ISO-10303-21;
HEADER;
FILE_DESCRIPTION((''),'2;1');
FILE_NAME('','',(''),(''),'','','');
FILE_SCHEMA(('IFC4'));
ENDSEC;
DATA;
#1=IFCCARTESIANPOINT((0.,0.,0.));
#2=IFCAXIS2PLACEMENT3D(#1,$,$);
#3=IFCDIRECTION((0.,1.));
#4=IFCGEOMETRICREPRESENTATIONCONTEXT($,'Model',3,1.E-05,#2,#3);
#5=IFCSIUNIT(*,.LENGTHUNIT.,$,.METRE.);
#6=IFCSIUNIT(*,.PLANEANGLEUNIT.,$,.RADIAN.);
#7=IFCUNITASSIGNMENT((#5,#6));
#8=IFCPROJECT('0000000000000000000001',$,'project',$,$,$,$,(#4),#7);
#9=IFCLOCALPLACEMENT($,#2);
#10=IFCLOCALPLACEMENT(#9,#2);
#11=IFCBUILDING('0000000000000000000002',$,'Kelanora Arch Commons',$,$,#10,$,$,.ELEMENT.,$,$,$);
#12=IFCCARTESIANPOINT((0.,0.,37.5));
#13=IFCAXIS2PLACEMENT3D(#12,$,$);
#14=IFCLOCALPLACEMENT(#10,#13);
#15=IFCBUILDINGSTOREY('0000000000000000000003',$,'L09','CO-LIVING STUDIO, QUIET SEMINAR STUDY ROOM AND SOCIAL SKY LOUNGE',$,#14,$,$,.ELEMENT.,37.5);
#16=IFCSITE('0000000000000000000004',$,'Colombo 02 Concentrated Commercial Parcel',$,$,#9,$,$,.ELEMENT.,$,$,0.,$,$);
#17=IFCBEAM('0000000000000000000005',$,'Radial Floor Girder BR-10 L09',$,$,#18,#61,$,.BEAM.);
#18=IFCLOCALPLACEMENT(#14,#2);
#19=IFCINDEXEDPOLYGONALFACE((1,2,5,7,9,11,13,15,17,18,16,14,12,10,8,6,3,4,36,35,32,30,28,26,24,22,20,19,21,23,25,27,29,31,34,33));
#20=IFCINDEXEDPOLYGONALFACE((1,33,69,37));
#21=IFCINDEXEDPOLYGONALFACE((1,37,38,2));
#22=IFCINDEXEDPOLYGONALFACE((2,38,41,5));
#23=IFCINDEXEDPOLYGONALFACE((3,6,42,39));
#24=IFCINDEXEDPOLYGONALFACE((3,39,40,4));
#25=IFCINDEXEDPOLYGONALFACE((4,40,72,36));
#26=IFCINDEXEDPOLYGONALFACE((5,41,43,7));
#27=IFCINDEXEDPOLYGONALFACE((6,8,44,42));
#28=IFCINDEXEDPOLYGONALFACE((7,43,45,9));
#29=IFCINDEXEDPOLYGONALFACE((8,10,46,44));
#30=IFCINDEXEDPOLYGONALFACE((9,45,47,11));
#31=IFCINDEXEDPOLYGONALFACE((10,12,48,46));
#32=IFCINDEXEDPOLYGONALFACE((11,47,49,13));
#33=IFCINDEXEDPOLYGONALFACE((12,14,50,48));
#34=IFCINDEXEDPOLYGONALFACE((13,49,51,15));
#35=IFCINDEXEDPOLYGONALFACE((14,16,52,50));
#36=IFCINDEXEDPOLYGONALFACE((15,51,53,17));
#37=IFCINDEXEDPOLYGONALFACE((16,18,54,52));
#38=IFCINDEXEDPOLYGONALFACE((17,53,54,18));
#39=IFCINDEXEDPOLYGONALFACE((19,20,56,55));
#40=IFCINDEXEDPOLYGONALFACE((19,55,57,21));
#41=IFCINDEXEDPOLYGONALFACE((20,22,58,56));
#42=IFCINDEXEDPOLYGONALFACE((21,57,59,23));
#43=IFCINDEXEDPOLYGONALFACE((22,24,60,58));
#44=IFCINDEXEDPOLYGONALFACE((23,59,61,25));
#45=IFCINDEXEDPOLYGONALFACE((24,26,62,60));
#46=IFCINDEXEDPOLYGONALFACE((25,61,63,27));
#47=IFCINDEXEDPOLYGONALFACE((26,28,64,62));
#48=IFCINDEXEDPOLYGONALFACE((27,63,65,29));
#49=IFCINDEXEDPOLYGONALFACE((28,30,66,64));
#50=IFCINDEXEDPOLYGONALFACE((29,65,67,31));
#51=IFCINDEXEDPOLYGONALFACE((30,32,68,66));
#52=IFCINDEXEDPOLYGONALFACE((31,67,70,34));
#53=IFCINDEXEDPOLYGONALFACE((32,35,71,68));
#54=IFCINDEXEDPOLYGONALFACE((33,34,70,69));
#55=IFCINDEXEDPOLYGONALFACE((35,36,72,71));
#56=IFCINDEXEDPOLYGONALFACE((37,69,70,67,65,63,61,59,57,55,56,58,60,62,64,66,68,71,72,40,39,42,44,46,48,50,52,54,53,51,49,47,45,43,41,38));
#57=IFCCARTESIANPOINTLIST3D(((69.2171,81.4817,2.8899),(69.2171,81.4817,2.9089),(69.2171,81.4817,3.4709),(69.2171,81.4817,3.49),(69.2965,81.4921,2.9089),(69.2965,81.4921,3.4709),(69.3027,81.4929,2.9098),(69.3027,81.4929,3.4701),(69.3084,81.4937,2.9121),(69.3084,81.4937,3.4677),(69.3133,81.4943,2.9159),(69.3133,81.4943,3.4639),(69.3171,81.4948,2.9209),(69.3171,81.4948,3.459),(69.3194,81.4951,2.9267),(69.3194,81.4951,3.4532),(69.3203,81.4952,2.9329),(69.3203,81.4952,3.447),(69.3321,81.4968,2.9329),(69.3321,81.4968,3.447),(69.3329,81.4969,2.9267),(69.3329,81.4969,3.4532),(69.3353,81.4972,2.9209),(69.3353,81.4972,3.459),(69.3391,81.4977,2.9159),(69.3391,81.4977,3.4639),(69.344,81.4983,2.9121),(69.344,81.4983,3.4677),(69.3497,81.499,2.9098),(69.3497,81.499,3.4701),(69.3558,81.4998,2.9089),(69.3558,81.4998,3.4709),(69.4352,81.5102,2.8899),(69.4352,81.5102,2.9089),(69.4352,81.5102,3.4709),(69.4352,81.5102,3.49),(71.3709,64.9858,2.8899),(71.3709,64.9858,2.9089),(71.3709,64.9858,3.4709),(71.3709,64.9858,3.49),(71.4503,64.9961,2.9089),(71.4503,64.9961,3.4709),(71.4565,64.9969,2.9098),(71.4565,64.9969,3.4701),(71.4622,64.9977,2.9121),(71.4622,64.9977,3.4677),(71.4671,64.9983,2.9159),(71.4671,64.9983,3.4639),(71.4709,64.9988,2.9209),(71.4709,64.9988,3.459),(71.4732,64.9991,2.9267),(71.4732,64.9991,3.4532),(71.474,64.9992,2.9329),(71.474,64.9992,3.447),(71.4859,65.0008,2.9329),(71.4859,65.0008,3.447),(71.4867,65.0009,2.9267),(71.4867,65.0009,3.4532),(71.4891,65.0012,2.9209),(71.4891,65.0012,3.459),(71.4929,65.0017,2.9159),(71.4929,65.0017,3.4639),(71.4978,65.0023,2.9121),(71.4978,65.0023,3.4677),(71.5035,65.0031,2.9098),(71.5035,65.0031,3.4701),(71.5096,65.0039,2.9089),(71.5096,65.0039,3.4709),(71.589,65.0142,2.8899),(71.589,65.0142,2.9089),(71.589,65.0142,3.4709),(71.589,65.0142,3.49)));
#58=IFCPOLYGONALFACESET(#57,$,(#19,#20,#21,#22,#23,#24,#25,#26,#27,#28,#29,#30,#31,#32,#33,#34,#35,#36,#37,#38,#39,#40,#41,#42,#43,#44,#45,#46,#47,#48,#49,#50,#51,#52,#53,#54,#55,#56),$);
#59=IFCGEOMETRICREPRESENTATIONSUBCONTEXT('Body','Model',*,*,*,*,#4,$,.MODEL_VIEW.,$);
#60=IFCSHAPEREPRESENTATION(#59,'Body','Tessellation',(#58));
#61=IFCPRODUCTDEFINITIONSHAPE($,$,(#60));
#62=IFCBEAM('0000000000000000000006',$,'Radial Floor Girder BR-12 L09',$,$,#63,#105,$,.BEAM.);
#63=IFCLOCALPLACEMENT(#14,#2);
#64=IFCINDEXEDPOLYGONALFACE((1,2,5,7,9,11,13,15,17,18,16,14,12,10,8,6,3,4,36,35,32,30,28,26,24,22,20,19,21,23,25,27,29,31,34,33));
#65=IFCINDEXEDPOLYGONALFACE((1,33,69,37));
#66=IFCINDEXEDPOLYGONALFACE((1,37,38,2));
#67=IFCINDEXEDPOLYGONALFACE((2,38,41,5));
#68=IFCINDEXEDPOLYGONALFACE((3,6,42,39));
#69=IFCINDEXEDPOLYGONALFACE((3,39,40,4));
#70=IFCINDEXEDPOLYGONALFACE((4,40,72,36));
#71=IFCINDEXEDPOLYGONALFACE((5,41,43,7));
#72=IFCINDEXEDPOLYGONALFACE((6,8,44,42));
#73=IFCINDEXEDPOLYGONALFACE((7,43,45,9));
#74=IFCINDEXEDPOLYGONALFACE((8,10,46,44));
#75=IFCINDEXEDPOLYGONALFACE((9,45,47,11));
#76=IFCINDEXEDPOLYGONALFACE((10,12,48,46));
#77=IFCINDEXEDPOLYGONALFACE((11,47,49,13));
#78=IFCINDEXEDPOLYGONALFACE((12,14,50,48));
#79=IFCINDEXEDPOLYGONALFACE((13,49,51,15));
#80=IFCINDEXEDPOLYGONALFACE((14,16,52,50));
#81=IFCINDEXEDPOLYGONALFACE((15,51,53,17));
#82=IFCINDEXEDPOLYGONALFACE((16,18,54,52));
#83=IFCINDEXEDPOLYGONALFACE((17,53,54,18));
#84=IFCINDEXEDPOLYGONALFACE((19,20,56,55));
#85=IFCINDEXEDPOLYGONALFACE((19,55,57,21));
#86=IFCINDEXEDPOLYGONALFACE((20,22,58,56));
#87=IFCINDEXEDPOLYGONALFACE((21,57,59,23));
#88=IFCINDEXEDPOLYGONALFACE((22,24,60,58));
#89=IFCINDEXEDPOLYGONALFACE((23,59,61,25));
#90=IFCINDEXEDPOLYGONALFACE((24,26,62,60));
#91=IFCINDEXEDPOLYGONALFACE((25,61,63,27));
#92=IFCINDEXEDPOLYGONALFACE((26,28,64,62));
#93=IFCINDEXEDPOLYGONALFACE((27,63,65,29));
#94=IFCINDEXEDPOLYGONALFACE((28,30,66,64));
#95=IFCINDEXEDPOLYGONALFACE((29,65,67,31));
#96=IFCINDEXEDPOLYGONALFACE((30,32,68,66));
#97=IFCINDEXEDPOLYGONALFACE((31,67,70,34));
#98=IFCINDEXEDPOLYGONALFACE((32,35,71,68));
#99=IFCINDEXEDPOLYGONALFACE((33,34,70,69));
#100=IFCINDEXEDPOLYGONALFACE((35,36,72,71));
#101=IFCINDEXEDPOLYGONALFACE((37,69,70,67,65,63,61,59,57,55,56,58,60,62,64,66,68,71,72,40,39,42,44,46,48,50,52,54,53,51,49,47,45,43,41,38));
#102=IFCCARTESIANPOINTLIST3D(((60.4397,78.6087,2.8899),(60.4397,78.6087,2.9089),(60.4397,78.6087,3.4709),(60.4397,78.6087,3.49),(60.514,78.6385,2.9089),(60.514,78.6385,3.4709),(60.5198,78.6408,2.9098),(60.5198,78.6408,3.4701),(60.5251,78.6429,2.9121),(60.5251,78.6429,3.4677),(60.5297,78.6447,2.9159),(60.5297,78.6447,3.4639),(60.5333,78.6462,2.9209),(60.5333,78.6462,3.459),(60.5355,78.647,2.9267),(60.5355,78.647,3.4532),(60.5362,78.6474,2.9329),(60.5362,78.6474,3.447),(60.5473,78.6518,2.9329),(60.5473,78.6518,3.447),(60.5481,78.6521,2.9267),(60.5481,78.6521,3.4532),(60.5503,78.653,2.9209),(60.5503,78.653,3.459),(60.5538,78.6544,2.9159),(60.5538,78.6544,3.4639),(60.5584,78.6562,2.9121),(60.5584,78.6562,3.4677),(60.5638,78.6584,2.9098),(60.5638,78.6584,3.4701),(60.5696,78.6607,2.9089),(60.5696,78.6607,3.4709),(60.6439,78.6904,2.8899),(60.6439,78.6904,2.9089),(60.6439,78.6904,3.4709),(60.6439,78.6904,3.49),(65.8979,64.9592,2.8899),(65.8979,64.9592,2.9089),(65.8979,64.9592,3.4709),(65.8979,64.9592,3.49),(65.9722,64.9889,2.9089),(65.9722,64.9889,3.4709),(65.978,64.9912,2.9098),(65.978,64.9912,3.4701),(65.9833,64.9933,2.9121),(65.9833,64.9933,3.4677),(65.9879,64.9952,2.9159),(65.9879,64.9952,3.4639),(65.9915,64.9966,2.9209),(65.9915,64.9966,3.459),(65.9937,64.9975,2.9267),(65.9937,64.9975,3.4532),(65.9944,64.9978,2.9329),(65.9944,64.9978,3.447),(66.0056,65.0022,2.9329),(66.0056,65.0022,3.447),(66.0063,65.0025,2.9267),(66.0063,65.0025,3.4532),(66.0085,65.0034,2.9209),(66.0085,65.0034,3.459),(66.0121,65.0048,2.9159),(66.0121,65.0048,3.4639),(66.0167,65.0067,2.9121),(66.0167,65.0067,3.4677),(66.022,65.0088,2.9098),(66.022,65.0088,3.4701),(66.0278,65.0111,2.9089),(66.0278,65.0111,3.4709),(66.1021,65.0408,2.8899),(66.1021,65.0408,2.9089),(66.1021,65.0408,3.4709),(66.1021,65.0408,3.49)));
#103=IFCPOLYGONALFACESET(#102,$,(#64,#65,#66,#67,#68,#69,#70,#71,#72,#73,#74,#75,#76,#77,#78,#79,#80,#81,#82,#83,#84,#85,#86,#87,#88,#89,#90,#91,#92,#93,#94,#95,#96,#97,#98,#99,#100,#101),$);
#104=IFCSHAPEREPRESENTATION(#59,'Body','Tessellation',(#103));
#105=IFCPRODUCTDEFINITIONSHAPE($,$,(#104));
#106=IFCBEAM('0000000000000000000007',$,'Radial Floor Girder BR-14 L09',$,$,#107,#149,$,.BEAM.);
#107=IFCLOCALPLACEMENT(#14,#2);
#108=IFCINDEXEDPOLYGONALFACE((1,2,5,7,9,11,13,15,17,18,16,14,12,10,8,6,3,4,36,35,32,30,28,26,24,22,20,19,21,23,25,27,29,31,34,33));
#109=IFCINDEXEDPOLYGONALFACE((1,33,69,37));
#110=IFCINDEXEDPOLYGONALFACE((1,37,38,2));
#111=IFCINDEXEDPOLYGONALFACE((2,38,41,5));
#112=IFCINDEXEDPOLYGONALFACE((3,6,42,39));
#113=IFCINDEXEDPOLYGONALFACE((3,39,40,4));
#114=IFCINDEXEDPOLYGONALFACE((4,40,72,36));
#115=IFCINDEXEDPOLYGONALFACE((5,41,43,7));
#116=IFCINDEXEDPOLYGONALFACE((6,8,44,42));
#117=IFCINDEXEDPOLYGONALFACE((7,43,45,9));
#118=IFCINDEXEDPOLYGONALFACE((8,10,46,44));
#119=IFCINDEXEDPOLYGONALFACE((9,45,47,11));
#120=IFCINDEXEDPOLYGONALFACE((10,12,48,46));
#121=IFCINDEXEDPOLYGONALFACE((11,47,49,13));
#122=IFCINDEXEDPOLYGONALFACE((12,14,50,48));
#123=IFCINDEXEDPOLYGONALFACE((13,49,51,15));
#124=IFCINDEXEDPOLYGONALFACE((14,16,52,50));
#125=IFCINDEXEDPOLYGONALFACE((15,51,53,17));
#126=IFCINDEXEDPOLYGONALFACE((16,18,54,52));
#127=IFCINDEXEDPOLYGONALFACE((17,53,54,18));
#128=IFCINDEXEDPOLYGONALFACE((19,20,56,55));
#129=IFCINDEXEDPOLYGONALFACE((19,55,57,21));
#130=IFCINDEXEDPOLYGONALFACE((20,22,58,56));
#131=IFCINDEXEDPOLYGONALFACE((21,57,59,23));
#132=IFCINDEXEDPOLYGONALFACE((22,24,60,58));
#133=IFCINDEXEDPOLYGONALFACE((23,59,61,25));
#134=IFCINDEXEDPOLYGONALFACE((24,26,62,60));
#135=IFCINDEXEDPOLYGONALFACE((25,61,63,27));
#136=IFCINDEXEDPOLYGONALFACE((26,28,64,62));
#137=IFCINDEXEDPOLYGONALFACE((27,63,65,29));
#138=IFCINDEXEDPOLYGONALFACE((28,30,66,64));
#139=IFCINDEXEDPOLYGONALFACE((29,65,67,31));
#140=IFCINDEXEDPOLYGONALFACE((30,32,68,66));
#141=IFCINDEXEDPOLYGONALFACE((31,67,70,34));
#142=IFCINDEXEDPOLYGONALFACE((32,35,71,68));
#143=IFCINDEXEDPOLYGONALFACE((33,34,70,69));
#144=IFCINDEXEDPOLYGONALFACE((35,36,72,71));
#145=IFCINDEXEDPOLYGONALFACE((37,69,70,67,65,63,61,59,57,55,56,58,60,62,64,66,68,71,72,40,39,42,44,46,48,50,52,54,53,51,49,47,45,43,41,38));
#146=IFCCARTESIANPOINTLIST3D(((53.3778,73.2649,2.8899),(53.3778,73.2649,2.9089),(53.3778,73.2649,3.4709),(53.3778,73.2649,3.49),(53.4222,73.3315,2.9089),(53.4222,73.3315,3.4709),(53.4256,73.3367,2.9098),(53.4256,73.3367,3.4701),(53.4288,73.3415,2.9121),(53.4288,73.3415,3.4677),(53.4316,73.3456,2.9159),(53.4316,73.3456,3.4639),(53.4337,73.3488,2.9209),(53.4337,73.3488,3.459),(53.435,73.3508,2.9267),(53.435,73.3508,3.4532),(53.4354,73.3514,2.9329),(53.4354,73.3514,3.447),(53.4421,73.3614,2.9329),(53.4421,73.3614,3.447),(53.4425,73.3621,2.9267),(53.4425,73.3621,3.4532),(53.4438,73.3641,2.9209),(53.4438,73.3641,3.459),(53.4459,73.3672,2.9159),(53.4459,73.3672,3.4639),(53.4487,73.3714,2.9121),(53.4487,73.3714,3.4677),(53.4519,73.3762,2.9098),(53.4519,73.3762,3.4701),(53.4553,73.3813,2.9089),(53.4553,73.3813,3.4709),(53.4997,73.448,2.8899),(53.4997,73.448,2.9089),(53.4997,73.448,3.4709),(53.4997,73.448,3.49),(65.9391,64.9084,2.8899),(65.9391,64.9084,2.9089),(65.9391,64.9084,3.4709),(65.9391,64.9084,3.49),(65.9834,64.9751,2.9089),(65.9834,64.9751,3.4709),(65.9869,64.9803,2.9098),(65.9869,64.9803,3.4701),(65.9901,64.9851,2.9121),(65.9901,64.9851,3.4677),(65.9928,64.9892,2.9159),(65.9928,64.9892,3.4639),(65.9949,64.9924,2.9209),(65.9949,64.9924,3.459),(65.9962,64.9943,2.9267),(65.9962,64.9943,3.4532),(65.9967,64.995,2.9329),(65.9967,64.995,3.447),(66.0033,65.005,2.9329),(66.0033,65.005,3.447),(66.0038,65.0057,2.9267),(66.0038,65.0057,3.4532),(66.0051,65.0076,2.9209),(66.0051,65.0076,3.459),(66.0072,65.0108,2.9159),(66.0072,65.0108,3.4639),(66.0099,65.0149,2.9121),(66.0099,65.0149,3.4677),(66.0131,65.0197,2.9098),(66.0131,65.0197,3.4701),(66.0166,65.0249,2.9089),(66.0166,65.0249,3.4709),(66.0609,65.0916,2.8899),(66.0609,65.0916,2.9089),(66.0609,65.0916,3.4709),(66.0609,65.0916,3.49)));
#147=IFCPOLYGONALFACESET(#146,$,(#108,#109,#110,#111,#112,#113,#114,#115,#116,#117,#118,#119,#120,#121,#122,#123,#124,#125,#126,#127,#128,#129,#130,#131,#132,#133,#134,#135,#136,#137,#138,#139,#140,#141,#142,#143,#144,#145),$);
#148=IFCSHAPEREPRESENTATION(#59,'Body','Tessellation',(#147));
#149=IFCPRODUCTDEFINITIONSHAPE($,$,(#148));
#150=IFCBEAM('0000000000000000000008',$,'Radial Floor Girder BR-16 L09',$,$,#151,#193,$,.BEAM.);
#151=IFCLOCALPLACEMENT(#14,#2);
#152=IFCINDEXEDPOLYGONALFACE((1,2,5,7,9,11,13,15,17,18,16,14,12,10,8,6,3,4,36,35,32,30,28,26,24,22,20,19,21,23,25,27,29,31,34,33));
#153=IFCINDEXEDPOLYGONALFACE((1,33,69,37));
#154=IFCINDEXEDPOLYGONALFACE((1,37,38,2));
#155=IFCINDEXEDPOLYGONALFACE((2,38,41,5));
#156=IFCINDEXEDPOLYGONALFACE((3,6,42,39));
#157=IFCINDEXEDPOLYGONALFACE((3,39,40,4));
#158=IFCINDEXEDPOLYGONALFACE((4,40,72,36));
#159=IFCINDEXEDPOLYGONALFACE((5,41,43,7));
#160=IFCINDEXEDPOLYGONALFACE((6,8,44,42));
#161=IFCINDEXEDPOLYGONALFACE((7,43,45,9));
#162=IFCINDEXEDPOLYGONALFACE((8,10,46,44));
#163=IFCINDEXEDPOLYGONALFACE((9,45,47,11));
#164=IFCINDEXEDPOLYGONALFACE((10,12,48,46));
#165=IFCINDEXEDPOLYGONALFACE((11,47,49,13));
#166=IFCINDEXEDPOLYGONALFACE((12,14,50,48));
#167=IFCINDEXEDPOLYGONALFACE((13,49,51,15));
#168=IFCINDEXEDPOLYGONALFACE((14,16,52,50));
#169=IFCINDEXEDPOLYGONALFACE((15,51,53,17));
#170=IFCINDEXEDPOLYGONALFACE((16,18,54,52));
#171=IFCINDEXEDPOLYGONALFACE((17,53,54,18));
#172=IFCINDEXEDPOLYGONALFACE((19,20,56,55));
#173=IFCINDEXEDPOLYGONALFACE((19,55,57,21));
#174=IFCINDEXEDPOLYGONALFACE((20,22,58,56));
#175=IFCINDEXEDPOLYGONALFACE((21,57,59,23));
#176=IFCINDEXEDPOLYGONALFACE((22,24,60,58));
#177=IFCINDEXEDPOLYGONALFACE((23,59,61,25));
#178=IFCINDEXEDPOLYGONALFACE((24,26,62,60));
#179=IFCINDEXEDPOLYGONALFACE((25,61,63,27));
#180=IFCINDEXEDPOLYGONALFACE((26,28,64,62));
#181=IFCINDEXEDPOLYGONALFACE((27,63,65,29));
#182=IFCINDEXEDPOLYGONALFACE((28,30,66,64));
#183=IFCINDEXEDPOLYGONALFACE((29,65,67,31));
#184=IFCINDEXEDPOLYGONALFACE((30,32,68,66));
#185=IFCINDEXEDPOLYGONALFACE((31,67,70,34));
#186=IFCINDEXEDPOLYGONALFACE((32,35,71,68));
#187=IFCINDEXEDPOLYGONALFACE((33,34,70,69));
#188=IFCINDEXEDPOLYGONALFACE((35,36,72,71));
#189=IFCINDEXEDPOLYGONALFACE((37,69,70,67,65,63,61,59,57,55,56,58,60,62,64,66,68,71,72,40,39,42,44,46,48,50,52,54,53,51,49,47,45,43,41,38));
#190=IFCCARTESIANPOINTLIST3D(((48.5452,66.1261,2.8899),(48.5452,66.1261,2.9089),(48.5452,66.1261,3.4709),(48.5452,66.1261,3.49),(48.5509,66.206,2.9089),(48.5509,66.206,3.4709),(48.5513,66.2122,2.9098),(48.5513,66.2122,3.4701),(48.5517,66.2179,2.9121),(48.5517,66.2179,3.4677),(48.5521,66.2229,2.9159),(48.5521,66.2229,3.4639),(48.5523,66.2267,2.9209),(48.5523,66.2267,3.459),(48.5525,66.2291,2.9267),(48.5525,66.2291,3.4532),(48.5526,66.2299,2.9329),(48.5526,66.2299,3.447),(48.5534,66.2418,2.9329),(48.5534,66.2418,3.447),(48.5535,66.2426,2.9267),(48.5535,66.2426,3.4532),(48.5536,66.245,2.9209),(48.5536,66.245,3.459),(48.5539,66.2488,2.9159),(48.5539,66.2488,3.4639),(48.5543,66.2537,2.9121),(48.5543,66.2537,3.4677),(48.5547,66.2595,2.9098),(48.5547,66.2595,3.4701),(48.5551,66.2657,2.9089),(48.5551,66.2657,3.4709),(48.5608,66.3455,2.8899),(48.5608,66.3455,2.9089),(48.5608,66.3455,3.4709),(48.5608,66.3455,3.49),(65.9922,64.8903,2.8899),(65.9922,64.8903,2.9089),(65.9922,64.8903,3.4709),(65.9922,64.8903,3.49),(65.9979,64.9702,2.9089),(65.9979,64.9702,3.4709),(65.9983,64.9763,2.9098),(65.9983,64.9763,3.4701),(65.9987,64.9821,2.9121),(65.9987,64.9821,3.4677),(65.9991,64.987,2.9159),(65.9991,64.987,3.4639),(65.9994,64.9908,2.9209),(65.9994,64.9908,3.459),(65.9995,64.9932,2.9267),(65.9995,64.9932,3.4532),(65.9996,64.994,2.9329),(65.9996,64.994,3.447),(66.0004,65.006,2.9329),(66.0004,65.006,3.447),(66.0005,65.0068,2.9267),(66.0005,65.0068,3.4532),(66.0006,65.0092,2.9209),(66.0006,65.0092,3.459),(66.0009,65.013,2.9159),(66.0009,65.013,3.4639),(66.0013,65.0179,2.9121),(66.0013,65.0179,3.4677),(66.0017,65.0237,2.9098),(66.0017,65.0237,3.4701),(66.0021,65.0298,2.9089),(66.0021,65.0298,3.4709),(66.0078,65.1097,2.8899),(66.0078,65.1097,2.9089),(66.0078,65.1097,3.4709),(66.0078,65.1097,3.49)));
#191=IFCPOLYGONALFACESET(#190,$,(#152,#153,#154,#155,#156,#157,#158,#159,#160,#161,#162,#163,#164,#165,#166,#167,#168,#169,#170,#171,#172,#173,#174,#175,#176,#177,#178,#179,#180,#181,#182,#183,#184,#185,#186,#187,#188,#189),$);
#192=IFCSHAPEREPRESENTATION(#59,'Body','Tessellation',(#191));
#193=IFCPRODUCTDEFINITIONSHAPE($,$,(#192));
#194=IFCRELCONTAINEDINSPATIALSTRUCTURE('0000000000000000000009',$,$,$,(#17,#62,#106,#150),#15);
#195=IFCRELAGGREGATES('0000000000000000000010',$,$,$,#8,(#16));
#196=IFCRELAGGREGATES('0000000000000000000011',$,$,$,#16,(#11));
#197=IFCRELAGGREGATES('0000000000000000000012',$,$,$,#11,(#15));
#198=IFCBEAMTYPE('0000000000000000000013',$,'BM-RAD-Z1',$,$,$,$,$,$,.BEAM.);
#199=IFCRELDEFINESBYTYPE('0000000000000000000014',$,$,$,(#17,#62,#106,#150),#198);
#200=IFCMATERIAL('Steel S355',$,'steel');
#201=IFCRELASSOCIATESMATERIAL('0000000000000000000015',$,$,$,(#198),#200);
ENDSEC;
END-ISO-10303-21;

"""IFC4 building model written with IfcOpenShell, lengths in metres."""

from ifc_helpers import new_model, si_unit, direction, frame, origin, origin_2d, place, context, subcontext, project, spatial, i_section, extrude, material, material_profile, profile_set, type_object, element, save


model = new_model("IFC4")

# Units and contexts
model_context = context("Model", 3, precision=1e-05, world=origin(), true_north=direction((0.0, 1.0)))
body_context = subcontext(model_context, "Body", "Model", "MODEL_VIEW")
ifc_project = project(units=[si_unit("LENGTHUNIT", "METRE"), si_unit("PLANEANGLEUNIT", "RADIAN")], contexts=[model_context])

# Site, building, storey
site_placement = place(None, origin())
site = spatial("IfcSite", under=ifc_project, at=site_placement, Name="Colombo 02 Concentrated Commercial Parcel", CompositionType="ELEMENT", RefElevation=0.0)
building_placement = place(site_placement, origin())
building = spatial("IfcBuilding", under=site, at=building_placement, Name="Kelanora Arch Commons", CompositionType="ELEMENT")
storey_placement = place(building_placement, frame((0.0, 0.0, 37.5)))
storey = spatial("IfcBuildingStorey", under=building, at=storey_placement, Name="L09", Description="CO-LIVING STUDIO, QUIET SEMINAR STUDY ROOM AND SOCIAL SKY LOUNGE", CompositionType="ELEMENT", Elevation=37.5)

# Beams
ifc_material_1 = material(Name="Steel S355", Category="steel")
ifc_material_profile_1 = material_profile(ifc_material_1, i_section(OverallWidth=0.22, OverallDepth=0.6001, WebThickness=0.012, FlangeThickness=0.019, FilletRadius=0.0239, at=origin_2d()), Name="IPE600")
ifc_profile_set_1 = profile_set([ifc_material_profile_1], Name="Steel S355")
beam_type_1 = type_object("IfcBeamType", Name="BM-RAD-Z1", PredefinedType="BEAM", material=ifc_profile_set_1)
beam_1_placement = place(storey_placement, frame((71.48, 65.0, 3.1899), z_axis=(-0.129466, 0.991584, 0.0), x_axis=(-0.991584, -0.129466, 0.0)))
element("IfcBeam", 1, at=beam_1_placement, inside=storey, type_object=beam_type_1, Name="Radial Floor Girder BR-10 L09", PredefinedType="BEAM", context=body_context, shape_type="SweptSolid", body=[
    extrude(i_section(OverallWidth=0.22, OverallDepth=0.6001, WebThickness=0.012, FlangeThickness=0.019, FilletRadius=0.0239, at=origin_2d()), origin(), (0.0, 0.0, 1.0), 16.636),
])
beam_2_placement = place(storey_placement, frame((66.0, 65.0, 3.1899), z_axis=(-0.371296, 0.928514, 0.0), x_axis=(-0.928514, -0.371296, 0.0)))
element("IfcBeam", 2, at=beam_2_placement, inside=storey, type_object=beam_type_1, Name="Radial Floor Girder BR-12 L09", PredefinedType="BEAM", context=body_context, shape_type="SweptSolid", body=[
    extrude(i_section(OverallWidth=0.22, OverallDepth=0.6001, WebThickness=0.012, FlangeThickness=0.019, FilletRadius=0.0239, at=origin_2d()), origin(), (0.0, 0.0, 1.0), 14.7004),
])
beam_3_placement = place(storey_placement, frame((66.0, 65.0, 3.1899), z_axis=(-0.832593, 0.553886, 0.0), x_axis=(-0.553886, -0.832593, 0.0)))
element("IfcBeam", 3, at=beam_3_placement, inside=storey, type_object=beam_type_1, Name="Radial Floor Girder BR-14 L09", PredefinedType="BEAM", context=body_context, shape_type="SweptSolid", body=[
    extrude(i_section(OverallWidth=0.22, OverallDepth=0.6001, WebThickness=0.012, FlangeThickness=0.019, FilletRadius=0.0239, at=origin_2d()), origin(), (0.0, 0.0, 1.0), 15.0869),
])
beam_4_placement = place(storey_placement, frame((66.0, 65.0, 3.1899), z_axis=(-0.997501, 0.070657, 0.0), x_axis=(-0.070657, -0.997501, 0.0)))
element("IfcBeam", 4, at=beam_4_placement, inside=storey, type_object=beam_type_1, Name="Radial Floor Girder BR-16 L09", PredefinedType="BEAM", context=body_context, shape_type="SweptSolid", body=[
    extrude(i_section(OverallWidth=0.22, OverallDepth=0.6001, WebThickness=0.012, FlangeThickness=0.019, FilletRadius=0.0239, at=origin_2d()), origin(), (0.0, 0.0, 1.0), 17.4907),
])

save(model, "model.ifc")
